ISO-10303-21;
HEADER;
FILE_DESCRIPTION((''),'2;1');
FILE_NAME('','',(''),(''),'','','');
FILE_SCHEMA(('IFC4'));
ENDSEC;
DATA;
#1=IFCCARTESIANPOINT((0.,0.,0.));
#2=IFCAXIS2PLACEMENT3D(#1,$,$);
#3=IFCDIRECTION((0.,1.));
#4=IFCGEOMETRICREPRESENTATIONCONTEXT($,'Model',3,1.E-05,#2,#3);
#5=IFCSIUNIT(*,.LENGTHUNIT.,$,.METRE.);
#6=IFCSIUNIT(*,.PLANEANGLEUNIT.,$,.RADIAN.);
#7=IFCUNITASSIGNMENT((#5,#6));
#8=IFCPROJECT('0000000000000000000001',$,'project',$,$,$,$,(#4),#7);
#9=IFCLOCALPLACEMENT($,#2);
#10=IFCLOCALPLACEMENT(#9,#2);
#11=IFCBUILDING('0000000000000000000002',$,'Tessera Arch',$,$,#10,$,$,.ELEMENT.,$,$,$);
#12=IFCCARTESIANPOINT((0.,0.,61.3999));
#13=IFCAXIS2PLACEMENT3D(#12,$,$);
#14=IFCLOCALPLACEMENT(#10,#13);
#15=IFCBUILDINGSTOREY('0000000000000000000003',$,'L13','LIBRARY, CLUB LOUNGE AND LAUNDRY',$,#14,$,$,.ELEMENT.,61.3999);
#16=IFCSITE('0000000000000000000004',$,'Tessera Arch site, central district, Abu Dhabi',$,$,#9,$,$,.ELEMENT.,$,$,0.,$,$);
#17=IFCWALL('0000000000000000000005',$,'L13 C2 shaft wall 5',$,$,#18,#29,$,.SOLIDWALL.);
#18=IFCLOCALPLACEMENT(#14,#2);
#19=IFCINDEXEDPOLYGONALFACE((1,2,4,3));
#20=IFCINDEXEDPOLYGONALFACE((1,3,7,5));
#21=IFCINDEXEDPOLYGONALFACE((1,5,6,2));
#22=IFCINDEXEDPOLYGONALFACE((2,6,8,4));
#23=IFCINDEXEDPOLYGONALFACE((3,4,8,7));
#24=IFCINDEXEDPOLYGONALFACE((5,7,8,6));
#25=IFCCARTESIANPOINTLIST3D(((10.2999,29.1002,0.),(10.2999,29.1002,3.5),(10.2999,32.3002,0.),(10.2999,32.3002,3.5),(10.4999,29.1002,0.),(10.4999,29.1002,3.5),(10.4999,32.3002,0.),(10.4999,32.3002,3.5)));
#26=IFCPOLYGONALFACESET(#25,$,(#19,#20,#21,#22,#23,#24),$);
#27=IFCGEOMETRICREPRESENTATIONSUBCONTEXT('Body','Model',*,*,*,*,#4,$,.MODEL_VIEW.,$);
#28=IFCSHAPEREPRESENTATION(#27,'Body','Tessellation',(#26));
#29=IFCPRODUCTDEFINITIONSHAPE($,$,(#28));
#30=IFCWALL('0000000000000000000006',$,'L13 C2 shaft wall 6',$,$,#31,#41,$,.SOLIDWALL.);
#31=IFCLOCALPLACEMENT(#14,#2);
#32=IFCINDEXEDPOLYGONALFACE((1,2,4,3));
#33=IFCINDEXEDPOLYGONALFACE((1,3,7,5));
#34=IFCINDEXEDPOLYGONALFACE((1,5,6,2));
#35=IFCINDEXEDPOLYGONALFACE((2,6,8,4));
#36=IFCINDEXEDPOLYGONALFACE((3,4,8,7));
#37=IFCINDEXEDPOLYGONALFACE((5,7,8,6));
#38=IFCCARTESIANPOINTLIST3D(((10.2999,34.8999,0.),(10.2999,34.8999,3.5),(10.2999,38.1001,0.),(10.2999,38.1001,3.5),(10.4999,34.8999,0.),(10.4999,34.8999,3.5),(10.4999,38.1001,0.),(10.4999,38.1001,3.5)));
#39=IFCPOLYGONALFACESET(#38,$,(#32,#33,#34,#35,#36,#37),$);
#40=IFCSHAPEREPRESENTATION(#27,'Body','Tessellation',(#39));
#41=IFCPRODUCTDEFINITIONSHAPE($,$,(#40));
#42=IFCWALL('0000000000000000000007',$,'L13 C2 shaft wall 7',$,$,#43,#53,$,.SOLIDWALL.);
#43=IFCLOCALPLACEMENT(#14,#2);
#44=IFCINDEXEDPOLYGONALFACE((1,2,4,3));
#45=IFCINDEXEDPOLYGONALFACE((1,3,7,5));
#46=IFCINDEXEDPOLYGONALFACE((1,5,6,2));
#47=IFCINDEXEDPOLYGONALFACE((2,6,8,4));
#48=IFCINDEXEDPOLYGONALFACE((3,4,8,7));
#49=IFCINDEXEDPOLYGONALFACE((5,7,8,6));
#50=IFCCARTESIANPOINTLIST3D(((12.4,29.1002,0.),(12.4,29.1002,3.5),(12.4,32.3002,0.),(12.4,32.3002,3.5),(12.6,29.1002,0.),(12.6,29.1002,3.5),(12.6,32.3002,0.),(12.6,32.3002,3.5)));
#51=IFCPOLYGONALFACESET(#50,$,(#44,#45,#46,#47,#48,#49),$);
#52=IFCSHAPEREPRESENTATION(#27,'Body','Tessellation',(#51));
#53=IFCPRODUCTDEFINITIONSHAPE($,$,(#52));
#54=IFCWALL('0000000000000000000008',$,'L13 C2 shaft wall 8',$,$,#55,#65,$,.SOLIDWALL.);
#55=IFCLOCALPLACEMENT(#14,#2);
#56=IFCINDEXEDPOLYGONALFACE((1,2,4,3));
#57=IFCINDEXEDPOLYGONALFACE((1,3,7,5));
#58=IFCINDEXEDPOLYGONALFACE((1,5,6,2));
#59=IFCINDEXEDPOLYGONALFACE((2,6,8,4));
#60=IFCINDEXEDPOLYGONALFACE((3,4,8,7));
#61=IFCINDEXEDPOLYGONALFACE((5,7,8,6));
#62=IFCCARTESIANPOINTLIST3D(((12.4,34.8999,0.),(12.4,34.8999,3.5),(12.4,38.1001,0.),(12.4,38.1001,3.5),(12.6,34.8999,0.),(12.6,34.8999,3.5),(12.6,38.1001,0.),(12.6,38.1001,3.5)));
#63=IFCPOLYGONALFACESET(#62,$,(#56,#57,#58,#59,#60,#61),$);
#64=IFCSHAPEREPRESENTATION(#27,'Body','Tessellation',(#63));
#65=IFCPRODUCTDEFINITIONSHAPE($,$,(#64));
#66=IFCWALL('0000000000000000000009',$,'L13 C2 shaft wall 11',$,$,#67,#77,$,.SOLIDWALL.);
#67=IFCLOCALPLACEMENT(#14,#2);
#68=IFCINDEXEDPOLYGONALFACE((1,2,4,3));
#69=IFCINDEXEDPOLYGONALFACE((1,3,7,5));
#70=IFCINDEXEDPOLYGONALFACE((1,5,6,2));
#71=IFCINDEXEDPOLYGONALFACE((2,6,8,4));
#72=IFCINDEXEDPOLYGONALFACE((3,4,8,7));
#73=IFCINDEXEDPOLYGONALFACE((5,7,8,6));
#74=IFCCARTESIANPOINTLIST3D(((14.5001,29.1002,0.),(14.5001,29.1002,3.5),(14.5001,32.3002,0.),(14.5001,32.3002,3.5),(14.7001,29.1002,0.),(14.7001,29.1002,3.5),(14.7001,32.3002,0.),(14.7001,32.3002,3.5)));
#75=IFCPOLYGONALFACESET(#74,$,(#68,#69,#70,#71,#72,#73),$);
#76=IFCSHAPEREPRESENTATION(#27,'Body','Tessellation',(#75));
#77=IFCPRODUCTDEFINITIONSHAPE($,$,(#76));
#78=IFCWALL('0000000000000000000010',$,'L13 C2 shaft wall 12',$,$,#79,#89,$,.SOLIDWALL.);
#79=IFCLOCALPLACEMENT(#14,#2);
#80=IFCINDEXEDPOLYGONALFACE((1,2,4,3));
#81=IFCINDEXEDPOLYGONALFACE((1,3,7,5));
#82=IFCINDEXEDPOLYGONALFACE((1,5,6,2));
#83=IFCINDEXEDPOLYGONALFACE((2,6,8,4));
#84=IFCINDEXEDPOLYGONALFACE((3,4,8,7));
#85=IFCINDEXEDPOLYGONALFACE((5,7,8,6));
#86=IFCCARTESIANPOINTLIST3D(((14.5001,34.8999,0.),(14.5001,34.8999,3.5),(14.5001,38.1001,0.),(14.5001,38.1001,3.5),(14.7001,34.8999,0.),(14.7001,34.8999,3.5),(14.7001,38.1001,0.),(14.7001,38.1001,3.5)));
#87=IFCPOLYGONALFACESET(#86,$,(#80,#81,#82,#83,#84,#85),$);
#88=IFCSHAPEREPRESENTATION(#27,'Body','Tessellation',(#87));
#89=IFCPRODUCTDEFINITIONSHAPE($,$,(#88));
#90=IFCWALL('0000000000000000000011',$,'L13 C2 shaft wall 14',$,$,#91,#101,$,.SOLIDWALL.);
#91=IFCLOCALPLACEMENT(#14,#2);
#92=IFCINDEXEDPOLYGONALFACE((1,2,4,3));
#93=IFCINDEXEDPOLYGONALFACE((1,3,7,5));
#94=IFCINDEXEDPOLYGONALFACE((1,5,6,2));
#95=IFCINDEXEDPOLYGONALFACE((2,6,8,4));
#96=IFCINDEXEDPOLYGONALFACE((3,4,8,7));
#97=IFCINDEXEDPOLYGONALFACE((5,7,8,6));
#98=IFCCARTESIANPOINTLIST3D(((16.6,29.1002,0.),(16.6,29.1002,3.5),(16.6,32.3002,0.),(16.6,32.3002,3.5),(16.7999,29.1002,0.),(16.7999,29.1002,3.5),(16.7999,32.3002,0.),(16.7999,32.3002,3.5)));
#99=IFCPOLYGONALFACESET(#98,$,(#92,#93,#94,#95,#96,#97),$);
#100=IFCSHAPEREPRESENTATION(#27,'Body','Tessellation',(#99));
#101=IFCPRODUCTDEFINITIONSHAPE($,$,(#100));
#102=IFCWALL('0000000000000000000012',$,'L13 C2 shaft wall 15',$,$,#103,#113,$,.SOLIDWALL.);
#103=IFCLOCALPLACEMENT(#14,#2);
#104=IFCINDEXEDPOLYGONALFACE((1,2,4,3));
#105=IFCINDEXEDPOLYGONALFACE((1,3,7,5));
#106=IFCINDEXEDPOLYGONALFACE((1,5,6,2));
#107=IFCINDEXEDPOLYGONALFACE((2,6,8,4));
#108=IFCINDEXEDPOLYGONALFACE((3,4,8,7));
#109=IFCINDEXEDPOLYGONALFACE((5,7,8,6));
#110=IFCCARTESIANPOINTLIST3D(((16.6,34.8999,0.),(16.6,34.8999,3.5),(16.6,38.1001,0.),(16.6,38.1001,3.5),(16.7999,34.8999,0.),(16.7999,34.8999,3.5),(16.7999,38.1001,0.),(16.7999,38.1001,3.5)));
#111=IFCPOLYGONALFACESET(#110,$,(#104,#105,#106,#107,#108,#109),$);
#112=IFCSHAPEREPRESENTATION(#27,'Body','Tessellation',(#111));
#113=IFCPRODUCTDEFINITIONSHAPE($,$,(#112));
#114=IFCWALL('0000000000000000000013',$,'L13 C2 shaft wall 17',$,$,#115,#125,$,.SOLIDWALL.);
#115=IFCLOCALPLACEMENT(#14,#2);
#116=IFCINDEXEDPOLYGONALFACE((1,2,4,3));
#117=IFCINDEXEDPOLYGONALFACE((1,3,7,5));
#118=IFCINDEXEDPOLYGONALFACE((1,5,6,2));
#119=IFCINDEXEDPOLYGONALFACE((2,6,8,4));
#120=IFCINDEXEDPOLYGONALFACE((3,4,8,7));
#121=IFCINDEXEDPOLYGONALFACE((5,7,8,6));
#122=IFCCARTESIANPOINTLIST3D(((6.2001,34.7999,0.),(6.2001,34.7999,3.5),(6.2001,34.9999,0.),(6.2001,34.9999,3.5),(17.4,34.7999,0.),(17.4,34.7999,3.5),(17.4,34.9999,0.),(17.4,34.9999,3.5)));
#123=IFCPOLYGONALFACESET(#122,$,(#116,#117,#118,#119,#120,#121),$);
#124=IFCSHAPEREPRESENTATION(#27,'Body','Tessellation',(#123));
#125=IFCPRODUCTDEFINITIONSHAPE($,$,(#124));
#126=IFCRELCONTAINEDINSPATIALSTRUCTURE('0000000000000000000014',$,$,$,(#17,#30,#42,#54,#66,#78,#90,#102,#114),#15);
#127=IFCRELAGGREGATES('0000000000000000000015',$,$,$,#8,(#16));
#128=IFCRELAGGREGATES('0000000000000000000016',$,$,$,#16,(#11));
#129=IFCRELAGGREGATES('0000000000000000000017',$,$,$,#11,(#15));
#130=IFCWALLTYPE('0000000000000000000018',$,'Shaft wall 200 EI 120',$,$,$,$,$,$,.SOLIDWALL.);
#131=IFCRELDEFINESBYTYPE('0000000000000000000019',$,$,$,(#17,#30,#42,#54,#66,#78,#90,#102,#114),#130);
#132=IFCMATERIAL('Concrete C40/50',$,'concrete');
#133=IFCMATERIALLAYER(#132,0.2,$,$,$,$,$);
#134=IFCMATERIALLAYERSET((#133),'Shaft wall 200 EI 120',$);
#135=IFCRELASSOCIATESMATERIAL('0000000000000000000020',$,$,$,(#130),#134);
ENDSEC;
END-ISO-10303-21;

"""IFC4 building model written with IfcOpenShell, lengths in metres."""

from ifc_helpers import new_model, si_unit, direction, frame, frame_2d, origin, place, context, subcontext, project, spatial, rectangle, extrude, material, layer, layer_set, type_object, element, save


model = new_model("IFC4")

# Units and contexts
model_context = context("Model", 3, precision=1e-05, world=origin(), true_north=direction((0.0, 1.0)))
body_context = subcontext(model_context, "Body", "Model", "MODEL_VIEW")
ifc_project = project(units=[si_unit("LENGTHUNIT", "METRE"), si_unit("PLANEANGLEUNIT", "RADIAN")], contexts=[model_context])

# Site, building, storey
site_placement = place(None, origin())
site = spatial("IfcSite", under=ifc_project, at=site_placement, Name="Tessera Arch site, central district, Abu Dhabi", CompositionType="ELEMENT", RefElevation=0.0)
building_placement = place(site_placement, origin())
building = spatial("IfcBuilding", under=site, at=building_placement, Name="Tessera Arch", CompositionType="ELEMENT")
storey_placement = place(building_placement, frame((0.0, 0.0, 61.3999)))
storey = spatial("IfcBuildingStorey", under=building, at=storey_placement, Name="L13", Description="LIBRARY, CLUB LOUNGE AND LAUNDRY", CompositionType="ELEMENT", Elevation=61.3999)

# Walls
ifc_material_1 = material(Name="Concrete C40/50", Category="concrete")
ifc_layer_1 = layer(ifc_material_1, 0.2)
ifc_layer_set_1 = layer_set([ifc_layer_1], Name="Shaft wall 200 EI 120")
wall_type_1 = type_object("IfcWallType", Name="Shaft wall 200 EI 120", PredefinedType="SOLIDWALL", material=ifc_layer_set_1)
wall_1_placement = place(storey_placement, frame((10.3999, 29.1001, 0.0), z_axis=(0.0, 0.0, 1.0), x_axis=(0.0, 1.0, 0.0)))
element("IfcWall", 1, at=wall_1_placement, inside=storey, type_object=wall_type_1, Name="L13 C2 shaft wall 5", PredefinedType="SOLIDWALL", context=body_context, shape_type="SweptSolid", body=[
    extrude(rectangle(XDim=3.2, YDim=0.2, at=frame_2d((1.6001, 0.0))), origin(), (0.0, 0.0, 1.0), 3.5),
])
wall_2_placement = place(storey_placement, frame((10.3999, 34.8999, 0.0), z_axis=(0.0, 0.0, 1.0), x_axis=(0.0, 1.0, 0.0)))
element("IfcWall", 2, at=wall_2_placement, inside=storey, type_object=wall_type_1, Name="L13 C2 shaft wall 6", PredefinedType="SOLIDWALL", context=body_context, shape_type="SweptSolid", body=[
    extrude(rectangle(XDim=3.2002, YDim=0.2, at=frame_2d((1.6001, 0.0))), origin(), (0.0, 0.0, 1.0), 3.5),
])
wall_3_placement = place(storey_placement, frame((12.5, 29.1001, 0.0), z_axis=(0.0, 0.0, 1.0), x_axis=(0.0, 1.0, 0.0)))
element("IfcWall", 3, at=wall_3_placement, inside=storey, type_object=wall_type_1, Name="L13 C2 shaft wall 7", PredefinedType="SOLIDWALL", context=body_context, shape_type="SweptSolid", body=[
    extrude(rectangle(XDim=3.2, YDim=0.2, at=frame_2d((1.6001, 0.0))), origin(), (0.0, 0.0, 1.0), 3.5),
])
wall_4_placement = place(storey_placement, frame((12.5, 34.8999, 0.0), z_axis=(0.0, 0.0, 1.0), x_axis=(0.0, 1.0, 0.0)))
element("IfcWall", 4, at=wall_4_placement, inside=storey, type_object=wall_type_1, Name="L13 C2 shaft wall 8", PredefinedType="SOLIDWALL", context=body_context, shape_type="SweptSolid", body=[
    extrude(rectangle(XDim=3.2002, YDim=0.2, at=frame_2d((1.6001, 0.0))), origin(), (0.0, 0.0, 1.0), 3.5),
])
wall_5_placement = place(storey_placement, frame((14.6001, 29.1001, 0.0), z_axis=(0.0, 0.0, 1.0), x_axis=(0.0, 1.0, 0.0)))
element("IfcWall", 5, at=wall_5_placement, inside=storey, type_object=wall_type_1, Name="L13 C2 shaft wall 11", PredefinedType="SOLIDWALL", context=body_context, shape_type="SweptSolid", body=[
    extrude(rectangle(XDim=3.2, YDim=0.2, at=frame_2d((1.6001, 0.0))), origin(), (0.0, 0.0, 1.0), 3.5),
])
wall_6_placement = place(storey_placement, frame((14.6001, 34.8999, 0.0), z_axis=(0.0, 0.0, 1.0), x_axis=(0.0, 1.0, 0.0)))
element("IfcWall", 6, at=wall_6_placement, inside=storey, type_object=wall_type_1, Name="L13 C2 shaft wall 12", PredefinedType="SOLIDWALL", context=body_context, shape_type="SweptSolid", body=[
    extrude(rectangle(XDim=3.2002, YDim=0.2, at=frame_2d((1.6001, 0.0))), origin(), (0.0, 0.0, 1.0), 3.5),
])
wall_7_placement = place(storey_placement, frame((16.7, 29.1001, 0.0), z_axis=(0.0, 0.0, 1.0), x_axis=(0.0, 1.0, 0.0)))
element("IfcWall", 7, at=wall_7_placement, inside=storey, type_object=wall_type_1, Name="L13 C2 shaft wall 14", PredefinedType="SOLIDWALL", context=body_context, shape_type="SweptSolid", body=[
    extrude(rectangle(XDim=3.2, YDim=0.2, at=frame_2d((1.6001, 0.0))), origin(), (0.0, 0.0, 1.0), 3.5),
])
wall_8_placement = place(storey_placement, frame((16.7, 34.8999, 0.0), z_axis=(0.0, 0.0, 1.0), x_axis=(0.0, 1.0, 0.0)))
element("IfcWall", 8, at=wall_8_placement, inside=storey, type_object=wall_type_1, Name="L13 C2 shaft wall 15", PredefinedType="SOLIDWALL", context=body_context, shape_type="SweptSolid", body=[
    extrude(rectangle(XDim=3.2002, YDim=0.2, at=frame_2d((1.6001, 0.0))), origin(), (0.0, 0.0, 1.0), 3.5),
])
wall_9_placement = place(storey_placement, frame((6.2, 34.8999, 0.0), z_axis=(0.0, 0.0, 1.0), x_axis=(1.0, 0.0, 0.0)))
element("IfcWall", 9, at=wall_9_placement, inside=storey, type_object=wall_type_1, Name="L13 C2 shaft wall 17", PredefinedType="SOLIDWALL", context=body_context, shape_type="SweptSolid", body=[
    extrude(rectangle(XDim=11.2, YDim=0.2, at=frame_2d((5.6001, 0.0))), origin(), (0.0, 0.0, 1.0), 3.5),
])

save(model, "model.ifc")
